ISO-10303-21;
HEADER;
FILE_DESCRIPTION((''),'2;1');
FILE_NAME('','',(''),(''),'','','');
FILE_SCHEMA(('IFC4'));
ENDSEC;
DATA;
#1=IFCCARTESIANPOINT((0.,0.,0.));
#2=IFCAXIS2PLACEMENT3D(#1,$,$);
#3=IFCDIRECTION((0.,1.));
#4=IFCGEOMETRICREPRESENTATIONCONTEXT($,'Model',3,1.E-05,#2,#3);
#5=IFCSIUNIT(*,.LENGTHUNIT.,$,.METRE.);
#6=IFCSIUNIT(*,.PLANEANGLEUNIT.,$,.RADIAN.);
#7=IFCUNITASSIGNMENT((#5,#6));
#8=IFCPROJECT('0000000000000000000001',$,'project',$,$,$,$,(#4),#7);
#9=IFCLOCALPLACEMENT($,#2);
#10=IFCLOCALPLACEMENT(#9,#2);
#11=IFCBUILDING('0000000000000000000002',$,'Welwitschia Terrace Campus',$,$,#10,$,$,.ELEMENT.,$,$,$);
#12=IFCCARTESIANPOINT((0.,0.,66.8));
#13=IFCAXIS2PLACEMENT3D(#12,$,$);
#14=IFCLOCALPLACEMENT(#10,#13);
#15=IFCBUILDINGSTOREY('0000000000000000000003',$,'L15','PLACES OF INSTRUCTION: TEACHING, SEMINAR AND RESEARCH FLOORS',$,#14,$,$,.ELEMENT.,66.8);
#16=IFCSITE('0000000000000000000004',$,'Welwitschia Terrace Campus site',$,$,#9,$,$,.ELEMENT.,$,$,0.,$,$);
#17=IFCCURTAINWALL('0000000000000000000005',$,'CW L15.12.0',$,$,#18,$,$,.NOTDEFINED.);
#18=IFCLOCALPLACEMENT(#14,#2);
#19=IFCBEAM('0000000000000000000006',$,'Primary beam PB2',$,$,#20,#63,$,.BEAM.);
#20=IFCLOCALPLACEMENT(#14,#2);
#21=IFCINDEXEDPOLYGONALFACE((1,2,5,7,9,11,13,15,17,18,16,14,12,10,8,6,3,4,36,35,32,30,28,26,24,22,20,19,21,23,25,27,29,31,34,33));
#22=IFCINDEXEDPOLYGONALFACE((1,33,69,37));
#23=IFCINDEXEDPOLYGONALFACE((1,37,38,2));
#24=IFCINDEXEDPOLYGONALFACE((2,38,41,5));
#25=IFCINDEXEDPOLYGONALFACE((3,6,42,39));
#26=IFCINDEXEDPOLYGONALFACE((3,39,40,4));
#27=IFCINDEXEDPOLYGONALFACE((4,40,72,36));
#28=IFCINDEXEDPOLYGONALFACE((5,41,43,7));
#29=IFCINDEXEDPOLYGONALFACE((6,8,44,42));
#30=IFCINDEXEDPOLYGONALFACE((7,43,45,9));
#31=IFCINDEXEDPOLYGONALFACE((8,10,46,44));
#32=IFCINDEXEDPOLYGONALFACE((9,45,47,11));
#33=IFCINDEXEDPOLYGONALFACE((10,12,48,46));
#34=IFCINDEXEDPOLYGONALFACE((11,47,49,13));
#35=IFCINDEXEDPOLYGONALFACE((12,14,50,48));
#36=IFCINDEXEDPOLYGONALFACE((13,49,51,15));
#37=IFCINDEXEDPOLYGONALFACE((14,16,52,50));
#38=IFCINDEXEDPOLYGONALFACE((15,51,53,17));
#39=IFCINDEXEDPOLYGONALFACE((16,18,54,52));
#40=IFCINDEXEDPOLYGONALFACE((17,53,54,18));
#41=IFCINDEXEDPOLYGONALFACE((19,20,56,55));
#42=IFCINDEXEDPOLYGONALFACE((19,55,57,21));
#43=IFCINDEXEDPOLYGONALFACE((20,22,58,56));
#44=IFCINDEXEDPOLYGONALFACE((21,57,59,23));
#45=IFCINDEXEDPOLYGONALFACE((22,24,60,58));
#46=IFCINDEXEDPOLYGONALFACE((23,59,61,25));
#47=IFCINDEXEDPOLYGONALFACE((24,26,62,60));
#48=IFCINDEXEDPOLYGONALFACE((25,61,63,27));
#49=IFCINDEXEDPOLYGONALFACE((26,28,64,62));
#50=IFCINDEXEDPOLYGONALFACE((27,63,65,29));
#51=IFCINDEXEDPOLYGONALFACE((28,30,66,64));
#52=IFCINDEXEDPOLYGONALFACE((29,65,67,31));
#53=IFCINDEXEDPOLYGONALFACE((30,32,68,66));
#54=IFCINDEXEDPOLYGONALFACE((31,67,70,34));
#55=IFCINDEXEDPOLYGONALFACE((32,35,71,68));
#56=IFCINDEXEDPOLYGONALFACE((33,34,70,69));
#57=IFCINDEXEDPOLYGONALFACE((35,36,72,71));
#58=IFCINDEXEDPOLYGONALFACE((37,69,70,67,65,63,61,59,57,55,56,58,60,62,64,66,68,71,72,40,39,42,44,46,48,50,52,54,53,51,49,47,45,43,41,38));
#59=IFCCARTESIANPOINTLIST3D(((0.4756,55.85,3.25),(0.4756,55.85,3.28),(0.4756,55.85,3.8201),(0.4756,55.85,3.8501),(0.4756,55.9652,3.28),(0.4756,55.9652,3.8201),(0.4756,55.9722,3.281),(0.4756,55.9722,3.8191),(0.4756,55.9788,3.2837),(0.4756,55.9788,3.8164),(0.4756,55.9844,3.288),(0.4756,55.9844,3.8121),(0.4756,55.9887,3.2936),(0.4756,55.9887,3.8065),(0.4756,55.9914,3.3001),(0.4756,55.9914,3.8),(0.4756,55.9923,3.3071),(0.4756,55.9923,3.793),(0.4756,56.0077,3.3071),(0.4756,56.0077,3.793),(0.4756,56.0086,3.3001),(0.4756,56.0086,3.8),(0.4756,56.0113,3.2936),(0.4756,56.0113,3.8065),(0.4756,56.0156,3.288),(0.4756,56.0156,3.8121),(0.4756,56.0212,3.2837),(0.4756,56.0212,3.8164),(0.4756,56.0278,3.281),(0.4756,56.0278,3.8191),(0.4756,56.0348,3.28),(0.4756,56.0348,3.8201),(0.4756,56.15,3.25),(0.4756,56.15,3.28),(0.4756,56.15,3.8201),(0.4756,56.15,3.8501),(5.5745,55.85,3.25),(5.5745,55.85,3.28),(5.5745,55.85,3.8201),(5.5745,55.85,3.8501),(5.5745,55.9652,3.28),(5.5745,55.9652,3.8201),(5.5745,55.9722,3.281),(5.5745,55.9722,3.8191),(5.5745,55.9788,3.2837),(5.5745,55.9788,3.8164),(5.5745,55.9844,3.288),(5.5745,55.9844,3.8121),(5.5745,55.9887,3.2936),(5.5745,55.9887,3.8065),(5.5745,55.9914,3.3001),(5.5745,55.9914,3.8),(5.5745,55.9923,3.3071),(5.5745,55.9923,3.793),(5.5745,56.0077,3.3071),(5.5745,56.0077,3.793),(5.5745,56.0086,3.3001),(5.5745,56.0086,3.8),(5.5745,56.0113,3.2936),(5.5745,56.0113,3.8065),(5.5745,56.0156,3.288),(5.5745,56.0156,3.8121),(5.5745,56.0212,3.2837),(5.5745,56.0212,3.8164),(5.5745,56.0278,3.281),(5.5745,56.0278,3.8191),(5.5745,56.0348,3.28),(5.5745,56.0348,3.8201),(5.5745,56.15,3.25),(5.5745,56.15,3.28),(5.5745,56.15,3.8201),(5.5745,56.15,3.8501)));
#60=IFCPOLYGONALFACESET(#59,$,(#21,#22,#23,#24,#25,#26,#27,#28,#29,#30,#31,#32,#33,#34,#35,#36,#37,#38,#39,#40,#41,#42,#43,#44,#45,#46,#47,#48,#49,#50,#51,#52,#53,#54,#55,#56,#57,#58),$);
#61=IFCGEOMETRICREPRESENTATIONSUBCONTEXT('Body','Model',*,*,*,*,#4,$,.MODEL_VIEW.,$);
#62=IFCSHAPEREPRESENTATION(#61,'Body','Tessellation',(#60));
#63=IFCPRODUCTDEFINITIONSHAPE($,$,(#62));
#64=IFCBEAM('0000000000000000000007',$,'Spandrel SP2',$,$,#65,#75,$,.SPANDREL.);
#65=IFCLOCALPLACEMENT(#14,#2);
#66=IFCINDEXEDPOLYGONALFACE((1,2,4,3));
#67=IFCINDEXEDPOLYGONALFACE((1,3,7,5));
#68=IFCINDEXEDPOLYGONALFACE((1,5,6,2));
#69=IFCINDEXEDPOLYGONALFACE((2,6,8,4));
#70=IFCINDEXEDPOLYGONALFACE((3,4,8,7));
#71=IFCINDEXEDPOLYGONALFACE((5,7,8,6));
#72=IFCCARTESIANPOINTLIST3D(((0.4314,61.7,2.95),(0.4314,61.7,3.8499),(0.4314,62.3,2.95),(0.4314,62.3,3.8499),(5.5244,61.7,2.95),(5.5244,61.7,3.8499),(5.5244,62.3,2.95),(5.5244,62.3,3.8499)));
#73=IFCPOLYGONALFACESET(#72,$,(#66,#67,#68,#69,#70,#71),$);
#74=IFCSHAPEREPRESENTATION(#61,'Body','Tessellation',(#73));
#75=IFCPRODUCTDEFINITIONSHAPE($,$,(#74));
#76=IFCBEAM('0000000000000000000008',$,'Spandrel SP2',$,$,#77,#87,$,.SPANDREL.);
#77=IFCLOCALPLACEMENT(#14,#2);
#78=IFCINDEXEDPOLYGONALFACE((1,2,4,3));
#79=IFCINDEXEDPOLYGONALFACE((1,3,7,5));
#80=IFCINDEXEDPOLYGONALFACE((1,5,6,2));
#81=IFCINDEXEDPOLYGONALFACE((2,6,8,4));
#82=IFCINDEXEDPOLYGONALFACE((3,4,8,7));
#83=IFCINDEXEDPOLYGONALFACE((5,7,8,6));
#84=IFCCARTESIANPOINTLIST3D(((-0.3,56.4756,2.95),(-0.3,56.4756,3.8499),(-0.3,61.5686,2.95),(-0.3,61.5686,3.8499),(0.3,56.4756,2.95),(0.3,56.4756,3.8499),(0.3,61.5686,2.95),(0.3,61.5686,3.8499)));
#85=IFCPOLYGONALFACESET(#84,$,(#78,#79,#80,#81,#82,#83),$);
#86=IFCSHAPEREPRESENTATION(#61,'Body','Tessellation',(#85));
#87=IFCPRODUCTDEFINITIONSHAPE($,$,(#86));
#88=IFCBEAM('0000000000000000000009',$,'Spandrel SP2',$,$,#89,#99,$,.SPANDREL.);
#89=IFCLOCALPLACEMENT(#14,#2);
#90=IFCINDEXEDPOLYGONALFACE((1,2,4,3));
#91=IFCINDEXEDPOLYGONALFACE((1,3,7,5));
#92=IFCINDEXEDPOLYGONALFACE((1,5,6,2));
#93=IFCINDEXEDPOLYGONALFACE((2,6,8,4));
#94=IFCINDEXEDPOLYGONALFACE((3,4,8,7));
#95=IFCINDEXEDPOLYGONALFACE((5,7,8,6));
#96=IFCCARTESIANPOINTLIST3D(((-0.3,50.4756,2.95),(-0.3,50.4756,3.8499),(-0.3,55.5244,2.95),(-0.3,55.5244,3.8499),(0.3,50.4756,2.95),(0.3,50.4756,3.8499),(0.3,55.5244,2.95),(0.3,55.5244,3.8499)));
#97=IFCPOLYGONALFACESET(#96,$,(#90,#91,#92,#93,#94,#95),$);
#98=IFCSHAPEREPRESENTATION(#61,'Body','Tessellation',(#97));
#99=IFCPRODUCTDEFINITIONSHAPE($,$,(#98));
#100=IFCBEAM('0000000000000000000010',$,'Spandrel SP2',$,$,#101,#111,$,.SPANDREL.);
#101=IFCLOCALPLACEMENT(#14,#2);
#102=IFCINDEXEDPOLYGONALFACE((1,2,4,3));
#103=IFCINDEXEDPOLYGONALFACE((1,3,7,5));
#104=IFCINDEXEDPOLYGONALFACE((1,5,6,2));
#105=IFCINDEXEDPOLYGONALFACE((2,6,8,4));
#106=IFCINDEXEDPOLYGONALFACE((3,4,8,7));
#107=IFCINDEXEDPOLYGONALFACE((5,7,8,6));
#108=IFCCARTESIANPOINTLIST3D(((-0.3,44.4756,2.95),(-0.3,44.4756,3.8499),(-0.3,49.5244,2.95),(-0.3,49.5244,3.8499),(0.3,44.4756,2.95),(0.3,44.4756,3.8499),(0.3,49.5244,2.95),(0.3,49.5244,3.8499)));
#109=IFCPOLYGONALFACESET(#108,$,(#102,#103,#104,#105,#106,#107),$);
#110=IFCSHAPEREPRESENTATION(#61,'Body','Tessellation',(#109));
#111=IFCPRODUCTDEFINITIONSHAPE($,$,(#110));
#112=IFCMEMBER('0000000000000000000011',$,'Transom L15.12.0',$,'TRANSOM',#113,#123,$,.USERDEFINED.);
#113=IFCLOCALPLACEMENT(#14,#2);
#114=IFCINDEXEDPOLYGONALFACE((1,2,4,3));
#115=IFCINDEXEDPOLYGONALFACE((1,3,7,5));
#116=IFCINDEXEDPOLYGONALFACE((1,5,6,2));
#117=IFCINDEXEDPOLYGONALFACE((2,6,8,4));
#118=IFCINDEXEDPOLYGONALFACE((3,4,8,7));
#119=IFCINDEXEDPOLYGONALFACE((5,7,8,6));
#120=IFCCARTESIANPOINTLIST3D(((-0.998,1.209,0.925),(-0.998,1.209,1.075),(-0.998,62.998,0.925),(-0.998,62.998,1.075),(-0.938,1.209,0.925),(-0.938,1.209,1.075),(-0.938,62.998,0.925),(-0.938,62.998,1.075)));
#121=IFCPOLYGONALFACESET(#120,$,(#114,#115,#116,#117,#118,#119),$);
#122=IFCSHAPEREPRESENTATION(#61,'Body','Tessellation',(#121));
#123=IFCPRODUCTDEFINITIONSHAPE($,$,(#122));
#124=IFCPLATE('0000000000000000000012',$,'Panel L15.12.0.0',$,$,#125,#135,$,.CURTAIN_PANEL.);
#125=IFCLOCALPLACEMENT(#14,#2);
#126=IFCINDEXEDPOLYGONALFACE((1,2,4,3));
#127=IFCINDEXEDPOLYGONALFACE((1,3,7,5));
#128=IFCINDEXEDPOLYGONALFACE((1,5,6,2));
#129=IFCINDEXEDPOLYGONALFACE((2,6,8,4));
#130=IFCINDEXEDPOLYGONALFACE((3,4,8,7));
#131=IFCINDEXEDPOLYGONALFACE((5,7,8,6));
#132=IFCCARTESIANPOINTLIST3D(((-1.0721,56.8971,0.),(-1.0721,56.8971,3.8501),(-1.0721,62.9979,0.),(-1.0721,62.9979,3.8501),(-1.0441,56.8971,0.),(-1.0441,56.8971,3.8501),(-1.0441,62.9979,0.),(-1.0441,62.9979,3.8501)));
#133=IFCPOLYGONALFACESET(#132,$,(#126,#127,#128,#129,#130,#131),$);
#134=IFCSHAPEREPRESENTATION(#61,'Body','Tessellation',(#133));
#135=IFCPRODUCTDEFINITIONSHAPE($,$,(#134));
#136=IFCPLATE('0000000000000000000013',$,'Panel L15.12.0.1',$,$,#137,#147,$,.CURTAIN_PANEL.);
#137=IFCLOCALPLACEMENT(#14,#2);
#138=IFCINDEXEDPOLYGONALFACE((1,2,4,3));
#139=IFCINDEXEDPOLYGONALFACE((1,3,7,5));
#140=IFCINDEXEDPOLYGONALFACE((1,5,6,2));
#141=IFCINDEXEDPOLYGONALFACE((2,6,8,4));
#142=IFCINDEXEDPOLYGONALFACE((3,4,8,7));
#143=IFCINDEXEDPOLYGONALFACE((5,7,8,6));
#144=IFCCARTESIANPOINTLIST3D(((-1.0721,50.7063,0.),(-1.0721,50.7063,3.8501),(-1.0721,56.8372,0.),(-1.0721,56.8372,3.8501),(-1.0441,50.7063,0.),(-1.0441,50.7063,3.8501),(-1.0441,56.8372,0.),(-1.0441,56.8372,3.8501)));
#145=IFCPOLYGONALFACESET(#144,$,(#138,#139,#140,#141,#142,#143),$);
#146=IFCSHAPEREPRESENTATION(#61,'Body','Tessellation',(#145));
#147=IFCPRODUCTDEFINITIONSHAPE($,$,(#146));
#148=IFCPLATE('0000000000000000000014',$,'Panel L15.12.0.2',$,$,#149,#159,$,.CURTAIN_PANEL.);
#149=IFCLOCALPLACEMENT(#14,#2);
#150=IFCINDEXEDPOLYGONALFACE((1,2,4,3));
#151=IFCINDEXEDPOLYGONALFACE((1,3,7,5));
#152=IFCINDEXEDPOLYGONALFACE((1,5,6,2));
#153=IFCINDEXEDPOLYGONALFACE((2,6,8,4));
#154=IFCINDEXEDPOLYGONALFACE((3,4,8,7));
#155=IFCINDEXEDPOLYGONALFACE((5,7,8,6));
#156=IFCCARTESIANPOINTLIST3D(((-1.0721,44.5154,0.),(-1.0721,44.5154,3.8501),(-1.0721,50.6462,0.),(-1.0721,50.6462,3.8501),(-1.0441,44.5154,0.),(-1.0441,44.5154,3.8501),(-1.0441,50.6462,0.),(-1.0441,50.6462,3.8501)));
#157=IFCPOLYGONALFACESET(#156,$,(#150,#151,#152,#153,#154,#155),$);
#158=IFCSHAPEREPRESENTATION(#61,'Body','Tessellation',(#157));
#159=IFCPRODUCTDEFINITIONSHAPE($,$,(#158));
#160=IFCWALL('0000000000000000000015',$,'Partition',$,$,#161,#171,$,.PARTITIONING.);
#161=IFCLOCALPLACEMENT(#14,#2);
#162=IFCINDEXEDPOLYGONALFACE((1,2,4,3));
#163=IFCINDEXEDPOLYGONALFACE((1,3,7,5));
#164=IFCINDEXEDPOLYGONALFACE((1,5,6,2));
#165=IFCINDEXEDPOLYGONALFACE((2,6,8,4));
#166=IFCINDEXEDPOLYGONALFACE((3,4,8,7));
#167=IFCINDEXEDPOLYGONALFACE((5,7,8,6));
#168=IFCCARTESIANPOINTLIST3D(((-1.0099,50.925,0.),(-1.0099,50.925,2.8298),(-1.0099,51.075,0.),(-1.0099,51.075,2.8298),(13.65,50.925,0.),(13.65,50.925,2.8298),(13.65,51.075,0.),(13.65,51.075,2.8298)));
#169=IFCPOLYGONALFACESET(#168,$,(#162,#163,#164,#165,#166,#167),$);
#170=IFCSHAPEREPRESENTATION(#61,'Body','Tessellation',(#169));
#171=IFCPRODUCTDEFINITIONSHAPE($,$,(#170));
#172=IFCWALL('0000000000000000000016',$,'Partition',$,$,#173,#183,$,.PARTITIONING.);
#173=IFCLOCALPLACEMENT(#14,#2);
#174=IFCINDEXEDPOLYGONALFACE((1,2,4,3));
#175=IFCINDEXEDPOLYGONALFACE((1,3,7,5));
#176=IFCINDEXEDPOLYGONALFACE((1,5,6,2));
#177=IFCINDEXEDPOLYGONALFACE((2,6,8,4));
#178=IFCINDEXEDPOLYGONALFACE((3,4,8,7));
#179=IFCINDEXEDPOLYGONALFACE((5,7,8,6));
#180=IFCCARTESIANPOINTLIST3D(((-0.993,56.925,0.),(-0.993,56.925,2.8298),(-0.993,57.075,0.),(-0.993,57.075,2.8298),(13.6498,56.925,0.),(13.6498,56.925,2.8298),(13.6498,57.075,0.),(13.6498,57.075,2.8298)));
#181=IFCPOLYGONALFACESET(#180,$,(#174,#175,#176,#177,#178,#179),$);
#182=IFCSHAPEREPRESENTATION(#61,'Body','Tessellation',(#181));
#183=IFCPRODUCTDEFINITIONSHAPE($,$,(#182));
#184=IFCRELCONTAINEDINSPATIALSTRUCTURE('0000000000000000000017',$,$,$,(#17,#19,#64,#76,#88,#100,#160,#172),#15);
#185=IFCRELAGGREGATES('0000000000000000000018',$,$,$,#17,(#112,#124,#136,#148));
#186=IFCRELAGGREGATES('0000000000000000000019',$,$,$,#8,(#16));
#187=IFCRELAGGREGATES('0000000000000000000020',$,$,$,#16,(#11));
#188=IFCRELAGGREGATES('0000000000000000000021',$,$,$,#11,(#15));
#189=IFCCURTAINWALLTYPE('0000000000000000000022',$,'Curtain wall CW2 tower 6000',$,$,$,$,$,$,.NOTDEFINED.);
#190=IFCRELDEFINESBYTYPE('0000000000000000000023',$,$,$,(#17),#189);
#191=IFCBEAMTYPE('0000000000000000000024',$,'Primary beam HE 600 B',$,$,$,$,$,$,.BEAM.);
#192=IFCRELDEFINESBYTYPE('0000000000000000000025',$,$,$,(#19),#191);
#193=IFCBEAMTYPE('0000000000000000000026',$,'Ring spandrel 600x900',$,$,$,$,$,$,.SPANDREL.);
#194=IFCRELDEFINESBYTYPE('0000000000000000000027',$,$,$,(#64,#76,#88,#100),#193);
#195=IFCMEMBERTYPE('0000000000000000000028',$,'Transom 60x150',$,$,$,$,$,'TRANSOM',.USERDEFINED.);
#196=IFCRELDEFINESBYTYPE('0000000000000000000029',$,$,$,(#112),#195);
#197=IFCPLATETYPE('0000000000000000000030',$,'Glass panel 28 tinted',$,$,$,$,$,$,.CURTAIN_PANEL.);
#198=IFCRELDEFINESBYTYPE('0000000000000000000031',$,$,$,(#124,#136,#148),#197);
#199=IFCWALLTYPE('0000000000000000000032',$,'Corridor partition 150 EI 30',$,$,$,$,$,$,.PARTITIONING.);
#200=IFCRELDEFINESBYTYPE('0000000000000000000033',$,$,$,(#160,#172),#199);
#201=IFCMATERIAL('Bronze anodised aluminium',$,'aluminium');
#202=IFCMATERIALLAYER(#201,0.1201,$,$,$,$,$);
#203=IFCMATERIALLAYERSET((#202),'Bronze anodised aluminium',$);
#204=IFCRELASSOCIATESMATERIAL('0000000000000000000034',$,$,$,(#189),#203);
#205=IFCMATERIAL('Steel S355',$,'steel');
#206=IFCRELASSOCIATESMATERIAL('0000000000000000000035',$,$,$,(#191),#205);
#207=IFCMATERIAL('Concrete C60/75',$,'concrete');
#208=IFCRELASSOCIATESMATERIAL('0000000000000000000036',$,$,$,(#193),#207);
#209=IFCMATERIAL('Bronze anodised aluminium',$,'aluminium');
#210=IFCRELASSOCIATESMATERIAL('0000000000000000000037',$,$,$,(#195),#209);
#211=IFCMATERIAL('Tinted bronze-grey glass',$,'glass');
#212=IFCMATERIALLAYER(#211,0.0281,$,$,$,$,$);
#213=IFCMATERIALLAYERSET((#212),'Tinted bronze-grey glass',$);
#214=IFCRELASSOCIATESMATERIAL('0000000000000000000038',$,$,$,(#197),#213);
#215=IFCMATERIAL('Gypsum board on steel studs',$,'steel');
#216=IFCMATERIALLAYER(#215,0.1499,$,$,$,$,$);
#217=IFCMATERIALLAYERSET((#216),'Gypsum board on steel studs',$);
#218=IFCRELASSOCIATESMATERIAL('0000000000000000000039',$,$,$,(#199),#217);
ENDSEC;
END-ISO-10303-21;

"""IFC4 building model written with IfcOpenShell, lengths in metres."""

from ifc_helpers import new_model, si_unit, direction, frame, frame_2d, origin, origin_2d, place, context, subcontext, project, spatial, rectangle, i_section, extrude, material, layer, layer_set, material_profile, profile_set, type_object, element, aggregate, save


model = new_model("IFC4")

# Units and contexts
model_context = context("Model", 3, precision=1e-05, world=origin(), true_north=direction((0.0, 1.0)))
body_context = subcontext(model_context, "Body", "Model", "MODEL_VIEW")
ifc_project = project(units=[si_unit("LENGTHUNIT", "METRE"), si_unit("PLANEANGLEUNIT", "RADIAN")], contexts=[model_context])

# Site, building, storey
site_placement = place(None, origin())
site = spatial("IfcSite", under=ifc_project, at=site_placement, Name="Welwitschia Terrace Campus site", CompositionType="ELEMENT", RefElevation=0.0)
building_placement = place(site_placement, origin())
building = spatial("IfcBuilding", under=site, at=building_placement, Name="Welwitschia Terrace Campus", CompositionType="ELEMENT")
storey_placement = place(building_placement, frame((0.0, 0.0, 66.8)))
storey = spatial("IfcBuildingStorey", under=building, at=storey_placement, Name="L15", Description="PLACES OF INSTRUCTION: TEACHING, SEMINAR AND RESEARCH FLOORS", CompositionType="ELEMENT", Elevation=66.8)

# Curtain wall
ifc_material_1 = material(Name="Bronze anodised aluminium", Category="aluminium")
ifc_layer_1 = layer(ifc_material_1, 0.1201)
ifc_layer_set_1 = layer_set([ifc_layer_1], Name="Bronze anodised aluminium")
curtain_wall_type = type_object("IfcCurtainWallType", Name="Curtain wall CW2 tower 6000", PredefinedType="NOTDEFINED", material=ifc_layer_set_1)
curtain_wall_placement = place(storey_placement, origin())
curtain_wall = element("IfcCurtainWall", 1, at=curtain_wall_placement, inside=storey, type_object=curtain_wall_type, Name="CW L15.12.0", PredefinedType="NOTDEFINED")

# Beams
ifc_material_2 = material(Name="Steel S355", Category="steel")
ifc_material_profile_1 = material_profile(ifc_material_2, i_section(OverallWidth=0.3, OverallDepth=0.6001, WebThickness=0.0154, FlangeThickness=0.03, FilletRadius=0.0271, at=origin_2d()))
ifc_profile_set_1 = profile_set([ifc_material_profile_1], Name="Steel S355")
beam_type_1 = type_object("IfcBeamType", Name="Primary beam HE 600 B", PredefinedType="BEAM", material=ifc_profile_set_1)
beam_1_placement = place(storey_placement, frame((0.4756, 56.0, 3.55), z_axis=(1.0, 0.0, 0.0), x_axis=(0.0, 1.0, 0.0)))
element("IfcBeam", 2, at=beam_1_placement, inside=storey, type_object=beam_type_1, Name="Primary beam PB2", PredefinedType="BEAM", context=body_context, shape_type="SweptSolid", body=[
    extrude(i_section(OverallWidth=0.3, OverallDepth=0.6001, WebThickness=0.0154, FlangeThickness=0.03, FilletRadius=0.0271, at=origin_2d()), origin(), (0.0, 0.0, 1.0), 5.0989),
])
ifc_material_3 = material(Name="Concrete C60/75", Category="concrete")
ifc_material_profile_2 = material_profile(ifc_material_3, rectangle(XDim=0.6001, YDim=0.8999, at=origin_2d()))
ifc_profile_set_2 = profile_set([ifc_material_profile_2], Name="Concrete C60/75")
beam_type_2 = type_object("IfcBeamType", Name="Ring spandrel 600x900", PredefinedType="SPANDREL", material=ifc_profile_set_2)
for number, where, z_axis, x_axis, name in (
    (3, (5.5244, 62.0, 3.3999), (-1.0, 0.0, 0.0), (0.0, -1.0, 0.0), "Spandrel SP2"),
    (4, (0.0, 61.5686, 3.3999), (0.0, -1.0, 0.0), (1.0, 0.0, 0.0), "Spandrel SP2"),
):
    element("IfcBeam", number, at=place(storey_placement, frame(where, z_axis=z_axis, x_axis=x_axis)), inside=storey, type_object=beam_type_2, Name=name, PredefinedType="SPANDREL", context=body_context, shape_type="SweptSolid", body=[
        extrude(rectangle(XDim=0.6001, YDim=0.8999, at=origin_2d()), origin(), (0.0, 0.0, 1.0), 5.093),
    ])
for number, where, z_axis, x_axis, name in (
    (5, (0.0, 55.5244, 3.3999), (0.0, -1.0, 0.0), (1.0, 0.0, 0.0), "Spandrel SP2"),
    (6, (0.0, 49.5244, 3.3999), (0.0, -1.0, 0.0), (1.0, 0.0, 0.0), "Spandrel SP2"),
):
    element("IfcBeam", number, at=place(storey_placement, frame(where, z_axis=z_axis, x_axis=x_axis)), inside=storey, type_object=beam_type_2, Name=name, PredefinedType="SPANDREL", context=body_context, shape_type="SweptSolid", body=[
        extrude(rectangle(XDim=0.6001, YDim=0.8999, at=origin_2d()), origin(), (0.0, 0.0, 1.0), 5.0488),
    ])

# Member
ifc_material_4 = material(Name="Bronze anodised aluminium", Category="aluminium")
ifc_material_profile_3 = material_profile(ifc_material_4, rectangle(XDim=0.0601, YDim=0.1499, at=origin_2d()))
ifc_profile_set_3 = profile_set([ifc_material_profile_3], Name="Bronze anodised aluminium")
member_type_1 = type_object("IfcMemberType", Name="Transom 60x150", ElementType="TRANSOM", PredefinedType="USERDEFINED", material=ifc_profile_set_3)
member_1_placement = place(storey_placement, frame((-0.968, 62.998, 1.0), z_axis=(0.0, -1.0, 0.0), x_axis=(1.0, 0.0, 0.0)))
member_1 = element("IfcMember", 7, at=member_1_placement, type_object=member_type_1, Name="Transom L15.12.0", ObjectType="TRANSOM", PredefinedType="USERDEFINED", context=body_context, shape_type="SweptSolid", body=[
    extrude(rectangle(XDim=0.0601, YDim=0.1499, at=origin_2d()), origin(), (0.0, 0.0, 1.0), 61.7891),
])

# Plates
ifc_material_5 = material(Name="Tinted bronze-grey glass", Category="glass")
ifc_layer_2 = layer(ifc_material_5, 0.0281)
ifc_layer_set_2 = layer_set([ifc_layer_2], Name="Tinted bronze-grey glass")
plate_type = type_object("IfcPlateType", Name="Glass panel 28 tinted", PredefinedType="CURTAIN_PANEL", material=ifc_layer_set_2)
plate_1_placement = place(storey_placement, frame((-1.0581, 59.9475, 0.0), z_axis=(0.0, 0.0, 1.0), x_axis=(0.0, -1.0, 0.0)))
plate_1 = element("IfcPlate", 8, at=plate_1_placement, type_object=plate_type, Name="Panel L15.12.0.0", PredefinedType="CURTAIN_PANEL", context=body_context, shape_type="SweptSolid", body=[
    extrude(rectangle(XDim=6.1008, YDim=0.0281, at=origin_2d()), origin(), (0.0, 0.0, 1.0), 3.8501),
])
plate_2_placement = place(storey_placement, frame((-1.0581, 53.7717, 0.0), z_axis=(0.0, 0.0, 1.0), x_axis=(0.0, -1.0, 0.0)))
plate_2 = element("IfcPlate", 9, at=plate_2_placement, type_object=plate_type, Name="Panel L15.12.0.1", PredefinedType="CURTAIN_PANEL", context=body_context, shape_type="SweptSolid", body=[
    extrude(rectangle(XDim=6.1309, YDim=0.0281, at=origin_2d()), origin(), (0.0, 0.0, 1.0), 3.8501),
])
plate_3_placement = place(storey_placement, frame((-1.0581, 47.5808, 0.0), z_axis=(0.0, 0.0, 1.0), x_axis=(0.0, -1.0, 0.0)))
plate_3 = element("IfcPlate", 10, at=plate_3_placement, type_object=plate_type, Name="Panel L15.12.0.2", PredefinedType="CURTAIN_PANEL", context=body_context, shape_type="SweptSolid", body=[
    extrude(rectangle(XDim=6.1309, YDim=0.0281, at=origin_2d()), origin(), (0.0, 0.0, 1.0), 3.8501),
])
aggregate(curtain_wall, [member_1, plate_1, plate_2, plate_3])

# Walls
ifc_material_6 = material(Name="Gypsum board on steel studs", Category="steel")
ifc_layer_3 = layer(ifc_material_6, 0.1499)
ifc_layer_set_3 = layer_set([ifc_layer_3], Name="Gypsum board on steel studs")
wall_type = type_object("IfcWallType", Name="Corridor partition 150 EI 30", PredefinedType="PARTITIONING", material=ifc_layer_set_3)
wall_1_placement = place(storey_placement, frame((-1.01, 51.0, 0.0), z_axis=(0.0, 0.0, 1.0), x_axis=(1.0, 0.0, 0.0)))
element("IfcWall", 11, at=wall_1_placement, inside=storey, type_object=wall_type, Name="Partition", PredefinedType="PARTITIONING", context=body_context, shape_type="SweptSolid", body=[
    extrude(rectangle(XDim=14.6599, YDim=0.1499, at=frame_2d((7.3301, 0.0))), origin(), (0.0, 0.0, 1.0), 2.8298),
])
wall_2_placement = place(storey_placement, frame((-0.9929, 57.0, 0.0), z_axis=(0.0, 0.0, 1.0), x_axis=(1.0, 0.0, 0.0)))
element("IfcWall", 12, at=wall_2_placement, inside=storey, type_object=wall_type, Name="Partition", PredefinedType="PARTITIONING", context=body_context, shape_type="SweptSolid", body=[
    extrude(rectangle(XDim=14.6428, YDim=0.1499, at=frame_2d((7.3213, 0.0))), origin(), (0.0, 0.0, 1.0), 2.8298),
])

save(model, "model.ifc")
